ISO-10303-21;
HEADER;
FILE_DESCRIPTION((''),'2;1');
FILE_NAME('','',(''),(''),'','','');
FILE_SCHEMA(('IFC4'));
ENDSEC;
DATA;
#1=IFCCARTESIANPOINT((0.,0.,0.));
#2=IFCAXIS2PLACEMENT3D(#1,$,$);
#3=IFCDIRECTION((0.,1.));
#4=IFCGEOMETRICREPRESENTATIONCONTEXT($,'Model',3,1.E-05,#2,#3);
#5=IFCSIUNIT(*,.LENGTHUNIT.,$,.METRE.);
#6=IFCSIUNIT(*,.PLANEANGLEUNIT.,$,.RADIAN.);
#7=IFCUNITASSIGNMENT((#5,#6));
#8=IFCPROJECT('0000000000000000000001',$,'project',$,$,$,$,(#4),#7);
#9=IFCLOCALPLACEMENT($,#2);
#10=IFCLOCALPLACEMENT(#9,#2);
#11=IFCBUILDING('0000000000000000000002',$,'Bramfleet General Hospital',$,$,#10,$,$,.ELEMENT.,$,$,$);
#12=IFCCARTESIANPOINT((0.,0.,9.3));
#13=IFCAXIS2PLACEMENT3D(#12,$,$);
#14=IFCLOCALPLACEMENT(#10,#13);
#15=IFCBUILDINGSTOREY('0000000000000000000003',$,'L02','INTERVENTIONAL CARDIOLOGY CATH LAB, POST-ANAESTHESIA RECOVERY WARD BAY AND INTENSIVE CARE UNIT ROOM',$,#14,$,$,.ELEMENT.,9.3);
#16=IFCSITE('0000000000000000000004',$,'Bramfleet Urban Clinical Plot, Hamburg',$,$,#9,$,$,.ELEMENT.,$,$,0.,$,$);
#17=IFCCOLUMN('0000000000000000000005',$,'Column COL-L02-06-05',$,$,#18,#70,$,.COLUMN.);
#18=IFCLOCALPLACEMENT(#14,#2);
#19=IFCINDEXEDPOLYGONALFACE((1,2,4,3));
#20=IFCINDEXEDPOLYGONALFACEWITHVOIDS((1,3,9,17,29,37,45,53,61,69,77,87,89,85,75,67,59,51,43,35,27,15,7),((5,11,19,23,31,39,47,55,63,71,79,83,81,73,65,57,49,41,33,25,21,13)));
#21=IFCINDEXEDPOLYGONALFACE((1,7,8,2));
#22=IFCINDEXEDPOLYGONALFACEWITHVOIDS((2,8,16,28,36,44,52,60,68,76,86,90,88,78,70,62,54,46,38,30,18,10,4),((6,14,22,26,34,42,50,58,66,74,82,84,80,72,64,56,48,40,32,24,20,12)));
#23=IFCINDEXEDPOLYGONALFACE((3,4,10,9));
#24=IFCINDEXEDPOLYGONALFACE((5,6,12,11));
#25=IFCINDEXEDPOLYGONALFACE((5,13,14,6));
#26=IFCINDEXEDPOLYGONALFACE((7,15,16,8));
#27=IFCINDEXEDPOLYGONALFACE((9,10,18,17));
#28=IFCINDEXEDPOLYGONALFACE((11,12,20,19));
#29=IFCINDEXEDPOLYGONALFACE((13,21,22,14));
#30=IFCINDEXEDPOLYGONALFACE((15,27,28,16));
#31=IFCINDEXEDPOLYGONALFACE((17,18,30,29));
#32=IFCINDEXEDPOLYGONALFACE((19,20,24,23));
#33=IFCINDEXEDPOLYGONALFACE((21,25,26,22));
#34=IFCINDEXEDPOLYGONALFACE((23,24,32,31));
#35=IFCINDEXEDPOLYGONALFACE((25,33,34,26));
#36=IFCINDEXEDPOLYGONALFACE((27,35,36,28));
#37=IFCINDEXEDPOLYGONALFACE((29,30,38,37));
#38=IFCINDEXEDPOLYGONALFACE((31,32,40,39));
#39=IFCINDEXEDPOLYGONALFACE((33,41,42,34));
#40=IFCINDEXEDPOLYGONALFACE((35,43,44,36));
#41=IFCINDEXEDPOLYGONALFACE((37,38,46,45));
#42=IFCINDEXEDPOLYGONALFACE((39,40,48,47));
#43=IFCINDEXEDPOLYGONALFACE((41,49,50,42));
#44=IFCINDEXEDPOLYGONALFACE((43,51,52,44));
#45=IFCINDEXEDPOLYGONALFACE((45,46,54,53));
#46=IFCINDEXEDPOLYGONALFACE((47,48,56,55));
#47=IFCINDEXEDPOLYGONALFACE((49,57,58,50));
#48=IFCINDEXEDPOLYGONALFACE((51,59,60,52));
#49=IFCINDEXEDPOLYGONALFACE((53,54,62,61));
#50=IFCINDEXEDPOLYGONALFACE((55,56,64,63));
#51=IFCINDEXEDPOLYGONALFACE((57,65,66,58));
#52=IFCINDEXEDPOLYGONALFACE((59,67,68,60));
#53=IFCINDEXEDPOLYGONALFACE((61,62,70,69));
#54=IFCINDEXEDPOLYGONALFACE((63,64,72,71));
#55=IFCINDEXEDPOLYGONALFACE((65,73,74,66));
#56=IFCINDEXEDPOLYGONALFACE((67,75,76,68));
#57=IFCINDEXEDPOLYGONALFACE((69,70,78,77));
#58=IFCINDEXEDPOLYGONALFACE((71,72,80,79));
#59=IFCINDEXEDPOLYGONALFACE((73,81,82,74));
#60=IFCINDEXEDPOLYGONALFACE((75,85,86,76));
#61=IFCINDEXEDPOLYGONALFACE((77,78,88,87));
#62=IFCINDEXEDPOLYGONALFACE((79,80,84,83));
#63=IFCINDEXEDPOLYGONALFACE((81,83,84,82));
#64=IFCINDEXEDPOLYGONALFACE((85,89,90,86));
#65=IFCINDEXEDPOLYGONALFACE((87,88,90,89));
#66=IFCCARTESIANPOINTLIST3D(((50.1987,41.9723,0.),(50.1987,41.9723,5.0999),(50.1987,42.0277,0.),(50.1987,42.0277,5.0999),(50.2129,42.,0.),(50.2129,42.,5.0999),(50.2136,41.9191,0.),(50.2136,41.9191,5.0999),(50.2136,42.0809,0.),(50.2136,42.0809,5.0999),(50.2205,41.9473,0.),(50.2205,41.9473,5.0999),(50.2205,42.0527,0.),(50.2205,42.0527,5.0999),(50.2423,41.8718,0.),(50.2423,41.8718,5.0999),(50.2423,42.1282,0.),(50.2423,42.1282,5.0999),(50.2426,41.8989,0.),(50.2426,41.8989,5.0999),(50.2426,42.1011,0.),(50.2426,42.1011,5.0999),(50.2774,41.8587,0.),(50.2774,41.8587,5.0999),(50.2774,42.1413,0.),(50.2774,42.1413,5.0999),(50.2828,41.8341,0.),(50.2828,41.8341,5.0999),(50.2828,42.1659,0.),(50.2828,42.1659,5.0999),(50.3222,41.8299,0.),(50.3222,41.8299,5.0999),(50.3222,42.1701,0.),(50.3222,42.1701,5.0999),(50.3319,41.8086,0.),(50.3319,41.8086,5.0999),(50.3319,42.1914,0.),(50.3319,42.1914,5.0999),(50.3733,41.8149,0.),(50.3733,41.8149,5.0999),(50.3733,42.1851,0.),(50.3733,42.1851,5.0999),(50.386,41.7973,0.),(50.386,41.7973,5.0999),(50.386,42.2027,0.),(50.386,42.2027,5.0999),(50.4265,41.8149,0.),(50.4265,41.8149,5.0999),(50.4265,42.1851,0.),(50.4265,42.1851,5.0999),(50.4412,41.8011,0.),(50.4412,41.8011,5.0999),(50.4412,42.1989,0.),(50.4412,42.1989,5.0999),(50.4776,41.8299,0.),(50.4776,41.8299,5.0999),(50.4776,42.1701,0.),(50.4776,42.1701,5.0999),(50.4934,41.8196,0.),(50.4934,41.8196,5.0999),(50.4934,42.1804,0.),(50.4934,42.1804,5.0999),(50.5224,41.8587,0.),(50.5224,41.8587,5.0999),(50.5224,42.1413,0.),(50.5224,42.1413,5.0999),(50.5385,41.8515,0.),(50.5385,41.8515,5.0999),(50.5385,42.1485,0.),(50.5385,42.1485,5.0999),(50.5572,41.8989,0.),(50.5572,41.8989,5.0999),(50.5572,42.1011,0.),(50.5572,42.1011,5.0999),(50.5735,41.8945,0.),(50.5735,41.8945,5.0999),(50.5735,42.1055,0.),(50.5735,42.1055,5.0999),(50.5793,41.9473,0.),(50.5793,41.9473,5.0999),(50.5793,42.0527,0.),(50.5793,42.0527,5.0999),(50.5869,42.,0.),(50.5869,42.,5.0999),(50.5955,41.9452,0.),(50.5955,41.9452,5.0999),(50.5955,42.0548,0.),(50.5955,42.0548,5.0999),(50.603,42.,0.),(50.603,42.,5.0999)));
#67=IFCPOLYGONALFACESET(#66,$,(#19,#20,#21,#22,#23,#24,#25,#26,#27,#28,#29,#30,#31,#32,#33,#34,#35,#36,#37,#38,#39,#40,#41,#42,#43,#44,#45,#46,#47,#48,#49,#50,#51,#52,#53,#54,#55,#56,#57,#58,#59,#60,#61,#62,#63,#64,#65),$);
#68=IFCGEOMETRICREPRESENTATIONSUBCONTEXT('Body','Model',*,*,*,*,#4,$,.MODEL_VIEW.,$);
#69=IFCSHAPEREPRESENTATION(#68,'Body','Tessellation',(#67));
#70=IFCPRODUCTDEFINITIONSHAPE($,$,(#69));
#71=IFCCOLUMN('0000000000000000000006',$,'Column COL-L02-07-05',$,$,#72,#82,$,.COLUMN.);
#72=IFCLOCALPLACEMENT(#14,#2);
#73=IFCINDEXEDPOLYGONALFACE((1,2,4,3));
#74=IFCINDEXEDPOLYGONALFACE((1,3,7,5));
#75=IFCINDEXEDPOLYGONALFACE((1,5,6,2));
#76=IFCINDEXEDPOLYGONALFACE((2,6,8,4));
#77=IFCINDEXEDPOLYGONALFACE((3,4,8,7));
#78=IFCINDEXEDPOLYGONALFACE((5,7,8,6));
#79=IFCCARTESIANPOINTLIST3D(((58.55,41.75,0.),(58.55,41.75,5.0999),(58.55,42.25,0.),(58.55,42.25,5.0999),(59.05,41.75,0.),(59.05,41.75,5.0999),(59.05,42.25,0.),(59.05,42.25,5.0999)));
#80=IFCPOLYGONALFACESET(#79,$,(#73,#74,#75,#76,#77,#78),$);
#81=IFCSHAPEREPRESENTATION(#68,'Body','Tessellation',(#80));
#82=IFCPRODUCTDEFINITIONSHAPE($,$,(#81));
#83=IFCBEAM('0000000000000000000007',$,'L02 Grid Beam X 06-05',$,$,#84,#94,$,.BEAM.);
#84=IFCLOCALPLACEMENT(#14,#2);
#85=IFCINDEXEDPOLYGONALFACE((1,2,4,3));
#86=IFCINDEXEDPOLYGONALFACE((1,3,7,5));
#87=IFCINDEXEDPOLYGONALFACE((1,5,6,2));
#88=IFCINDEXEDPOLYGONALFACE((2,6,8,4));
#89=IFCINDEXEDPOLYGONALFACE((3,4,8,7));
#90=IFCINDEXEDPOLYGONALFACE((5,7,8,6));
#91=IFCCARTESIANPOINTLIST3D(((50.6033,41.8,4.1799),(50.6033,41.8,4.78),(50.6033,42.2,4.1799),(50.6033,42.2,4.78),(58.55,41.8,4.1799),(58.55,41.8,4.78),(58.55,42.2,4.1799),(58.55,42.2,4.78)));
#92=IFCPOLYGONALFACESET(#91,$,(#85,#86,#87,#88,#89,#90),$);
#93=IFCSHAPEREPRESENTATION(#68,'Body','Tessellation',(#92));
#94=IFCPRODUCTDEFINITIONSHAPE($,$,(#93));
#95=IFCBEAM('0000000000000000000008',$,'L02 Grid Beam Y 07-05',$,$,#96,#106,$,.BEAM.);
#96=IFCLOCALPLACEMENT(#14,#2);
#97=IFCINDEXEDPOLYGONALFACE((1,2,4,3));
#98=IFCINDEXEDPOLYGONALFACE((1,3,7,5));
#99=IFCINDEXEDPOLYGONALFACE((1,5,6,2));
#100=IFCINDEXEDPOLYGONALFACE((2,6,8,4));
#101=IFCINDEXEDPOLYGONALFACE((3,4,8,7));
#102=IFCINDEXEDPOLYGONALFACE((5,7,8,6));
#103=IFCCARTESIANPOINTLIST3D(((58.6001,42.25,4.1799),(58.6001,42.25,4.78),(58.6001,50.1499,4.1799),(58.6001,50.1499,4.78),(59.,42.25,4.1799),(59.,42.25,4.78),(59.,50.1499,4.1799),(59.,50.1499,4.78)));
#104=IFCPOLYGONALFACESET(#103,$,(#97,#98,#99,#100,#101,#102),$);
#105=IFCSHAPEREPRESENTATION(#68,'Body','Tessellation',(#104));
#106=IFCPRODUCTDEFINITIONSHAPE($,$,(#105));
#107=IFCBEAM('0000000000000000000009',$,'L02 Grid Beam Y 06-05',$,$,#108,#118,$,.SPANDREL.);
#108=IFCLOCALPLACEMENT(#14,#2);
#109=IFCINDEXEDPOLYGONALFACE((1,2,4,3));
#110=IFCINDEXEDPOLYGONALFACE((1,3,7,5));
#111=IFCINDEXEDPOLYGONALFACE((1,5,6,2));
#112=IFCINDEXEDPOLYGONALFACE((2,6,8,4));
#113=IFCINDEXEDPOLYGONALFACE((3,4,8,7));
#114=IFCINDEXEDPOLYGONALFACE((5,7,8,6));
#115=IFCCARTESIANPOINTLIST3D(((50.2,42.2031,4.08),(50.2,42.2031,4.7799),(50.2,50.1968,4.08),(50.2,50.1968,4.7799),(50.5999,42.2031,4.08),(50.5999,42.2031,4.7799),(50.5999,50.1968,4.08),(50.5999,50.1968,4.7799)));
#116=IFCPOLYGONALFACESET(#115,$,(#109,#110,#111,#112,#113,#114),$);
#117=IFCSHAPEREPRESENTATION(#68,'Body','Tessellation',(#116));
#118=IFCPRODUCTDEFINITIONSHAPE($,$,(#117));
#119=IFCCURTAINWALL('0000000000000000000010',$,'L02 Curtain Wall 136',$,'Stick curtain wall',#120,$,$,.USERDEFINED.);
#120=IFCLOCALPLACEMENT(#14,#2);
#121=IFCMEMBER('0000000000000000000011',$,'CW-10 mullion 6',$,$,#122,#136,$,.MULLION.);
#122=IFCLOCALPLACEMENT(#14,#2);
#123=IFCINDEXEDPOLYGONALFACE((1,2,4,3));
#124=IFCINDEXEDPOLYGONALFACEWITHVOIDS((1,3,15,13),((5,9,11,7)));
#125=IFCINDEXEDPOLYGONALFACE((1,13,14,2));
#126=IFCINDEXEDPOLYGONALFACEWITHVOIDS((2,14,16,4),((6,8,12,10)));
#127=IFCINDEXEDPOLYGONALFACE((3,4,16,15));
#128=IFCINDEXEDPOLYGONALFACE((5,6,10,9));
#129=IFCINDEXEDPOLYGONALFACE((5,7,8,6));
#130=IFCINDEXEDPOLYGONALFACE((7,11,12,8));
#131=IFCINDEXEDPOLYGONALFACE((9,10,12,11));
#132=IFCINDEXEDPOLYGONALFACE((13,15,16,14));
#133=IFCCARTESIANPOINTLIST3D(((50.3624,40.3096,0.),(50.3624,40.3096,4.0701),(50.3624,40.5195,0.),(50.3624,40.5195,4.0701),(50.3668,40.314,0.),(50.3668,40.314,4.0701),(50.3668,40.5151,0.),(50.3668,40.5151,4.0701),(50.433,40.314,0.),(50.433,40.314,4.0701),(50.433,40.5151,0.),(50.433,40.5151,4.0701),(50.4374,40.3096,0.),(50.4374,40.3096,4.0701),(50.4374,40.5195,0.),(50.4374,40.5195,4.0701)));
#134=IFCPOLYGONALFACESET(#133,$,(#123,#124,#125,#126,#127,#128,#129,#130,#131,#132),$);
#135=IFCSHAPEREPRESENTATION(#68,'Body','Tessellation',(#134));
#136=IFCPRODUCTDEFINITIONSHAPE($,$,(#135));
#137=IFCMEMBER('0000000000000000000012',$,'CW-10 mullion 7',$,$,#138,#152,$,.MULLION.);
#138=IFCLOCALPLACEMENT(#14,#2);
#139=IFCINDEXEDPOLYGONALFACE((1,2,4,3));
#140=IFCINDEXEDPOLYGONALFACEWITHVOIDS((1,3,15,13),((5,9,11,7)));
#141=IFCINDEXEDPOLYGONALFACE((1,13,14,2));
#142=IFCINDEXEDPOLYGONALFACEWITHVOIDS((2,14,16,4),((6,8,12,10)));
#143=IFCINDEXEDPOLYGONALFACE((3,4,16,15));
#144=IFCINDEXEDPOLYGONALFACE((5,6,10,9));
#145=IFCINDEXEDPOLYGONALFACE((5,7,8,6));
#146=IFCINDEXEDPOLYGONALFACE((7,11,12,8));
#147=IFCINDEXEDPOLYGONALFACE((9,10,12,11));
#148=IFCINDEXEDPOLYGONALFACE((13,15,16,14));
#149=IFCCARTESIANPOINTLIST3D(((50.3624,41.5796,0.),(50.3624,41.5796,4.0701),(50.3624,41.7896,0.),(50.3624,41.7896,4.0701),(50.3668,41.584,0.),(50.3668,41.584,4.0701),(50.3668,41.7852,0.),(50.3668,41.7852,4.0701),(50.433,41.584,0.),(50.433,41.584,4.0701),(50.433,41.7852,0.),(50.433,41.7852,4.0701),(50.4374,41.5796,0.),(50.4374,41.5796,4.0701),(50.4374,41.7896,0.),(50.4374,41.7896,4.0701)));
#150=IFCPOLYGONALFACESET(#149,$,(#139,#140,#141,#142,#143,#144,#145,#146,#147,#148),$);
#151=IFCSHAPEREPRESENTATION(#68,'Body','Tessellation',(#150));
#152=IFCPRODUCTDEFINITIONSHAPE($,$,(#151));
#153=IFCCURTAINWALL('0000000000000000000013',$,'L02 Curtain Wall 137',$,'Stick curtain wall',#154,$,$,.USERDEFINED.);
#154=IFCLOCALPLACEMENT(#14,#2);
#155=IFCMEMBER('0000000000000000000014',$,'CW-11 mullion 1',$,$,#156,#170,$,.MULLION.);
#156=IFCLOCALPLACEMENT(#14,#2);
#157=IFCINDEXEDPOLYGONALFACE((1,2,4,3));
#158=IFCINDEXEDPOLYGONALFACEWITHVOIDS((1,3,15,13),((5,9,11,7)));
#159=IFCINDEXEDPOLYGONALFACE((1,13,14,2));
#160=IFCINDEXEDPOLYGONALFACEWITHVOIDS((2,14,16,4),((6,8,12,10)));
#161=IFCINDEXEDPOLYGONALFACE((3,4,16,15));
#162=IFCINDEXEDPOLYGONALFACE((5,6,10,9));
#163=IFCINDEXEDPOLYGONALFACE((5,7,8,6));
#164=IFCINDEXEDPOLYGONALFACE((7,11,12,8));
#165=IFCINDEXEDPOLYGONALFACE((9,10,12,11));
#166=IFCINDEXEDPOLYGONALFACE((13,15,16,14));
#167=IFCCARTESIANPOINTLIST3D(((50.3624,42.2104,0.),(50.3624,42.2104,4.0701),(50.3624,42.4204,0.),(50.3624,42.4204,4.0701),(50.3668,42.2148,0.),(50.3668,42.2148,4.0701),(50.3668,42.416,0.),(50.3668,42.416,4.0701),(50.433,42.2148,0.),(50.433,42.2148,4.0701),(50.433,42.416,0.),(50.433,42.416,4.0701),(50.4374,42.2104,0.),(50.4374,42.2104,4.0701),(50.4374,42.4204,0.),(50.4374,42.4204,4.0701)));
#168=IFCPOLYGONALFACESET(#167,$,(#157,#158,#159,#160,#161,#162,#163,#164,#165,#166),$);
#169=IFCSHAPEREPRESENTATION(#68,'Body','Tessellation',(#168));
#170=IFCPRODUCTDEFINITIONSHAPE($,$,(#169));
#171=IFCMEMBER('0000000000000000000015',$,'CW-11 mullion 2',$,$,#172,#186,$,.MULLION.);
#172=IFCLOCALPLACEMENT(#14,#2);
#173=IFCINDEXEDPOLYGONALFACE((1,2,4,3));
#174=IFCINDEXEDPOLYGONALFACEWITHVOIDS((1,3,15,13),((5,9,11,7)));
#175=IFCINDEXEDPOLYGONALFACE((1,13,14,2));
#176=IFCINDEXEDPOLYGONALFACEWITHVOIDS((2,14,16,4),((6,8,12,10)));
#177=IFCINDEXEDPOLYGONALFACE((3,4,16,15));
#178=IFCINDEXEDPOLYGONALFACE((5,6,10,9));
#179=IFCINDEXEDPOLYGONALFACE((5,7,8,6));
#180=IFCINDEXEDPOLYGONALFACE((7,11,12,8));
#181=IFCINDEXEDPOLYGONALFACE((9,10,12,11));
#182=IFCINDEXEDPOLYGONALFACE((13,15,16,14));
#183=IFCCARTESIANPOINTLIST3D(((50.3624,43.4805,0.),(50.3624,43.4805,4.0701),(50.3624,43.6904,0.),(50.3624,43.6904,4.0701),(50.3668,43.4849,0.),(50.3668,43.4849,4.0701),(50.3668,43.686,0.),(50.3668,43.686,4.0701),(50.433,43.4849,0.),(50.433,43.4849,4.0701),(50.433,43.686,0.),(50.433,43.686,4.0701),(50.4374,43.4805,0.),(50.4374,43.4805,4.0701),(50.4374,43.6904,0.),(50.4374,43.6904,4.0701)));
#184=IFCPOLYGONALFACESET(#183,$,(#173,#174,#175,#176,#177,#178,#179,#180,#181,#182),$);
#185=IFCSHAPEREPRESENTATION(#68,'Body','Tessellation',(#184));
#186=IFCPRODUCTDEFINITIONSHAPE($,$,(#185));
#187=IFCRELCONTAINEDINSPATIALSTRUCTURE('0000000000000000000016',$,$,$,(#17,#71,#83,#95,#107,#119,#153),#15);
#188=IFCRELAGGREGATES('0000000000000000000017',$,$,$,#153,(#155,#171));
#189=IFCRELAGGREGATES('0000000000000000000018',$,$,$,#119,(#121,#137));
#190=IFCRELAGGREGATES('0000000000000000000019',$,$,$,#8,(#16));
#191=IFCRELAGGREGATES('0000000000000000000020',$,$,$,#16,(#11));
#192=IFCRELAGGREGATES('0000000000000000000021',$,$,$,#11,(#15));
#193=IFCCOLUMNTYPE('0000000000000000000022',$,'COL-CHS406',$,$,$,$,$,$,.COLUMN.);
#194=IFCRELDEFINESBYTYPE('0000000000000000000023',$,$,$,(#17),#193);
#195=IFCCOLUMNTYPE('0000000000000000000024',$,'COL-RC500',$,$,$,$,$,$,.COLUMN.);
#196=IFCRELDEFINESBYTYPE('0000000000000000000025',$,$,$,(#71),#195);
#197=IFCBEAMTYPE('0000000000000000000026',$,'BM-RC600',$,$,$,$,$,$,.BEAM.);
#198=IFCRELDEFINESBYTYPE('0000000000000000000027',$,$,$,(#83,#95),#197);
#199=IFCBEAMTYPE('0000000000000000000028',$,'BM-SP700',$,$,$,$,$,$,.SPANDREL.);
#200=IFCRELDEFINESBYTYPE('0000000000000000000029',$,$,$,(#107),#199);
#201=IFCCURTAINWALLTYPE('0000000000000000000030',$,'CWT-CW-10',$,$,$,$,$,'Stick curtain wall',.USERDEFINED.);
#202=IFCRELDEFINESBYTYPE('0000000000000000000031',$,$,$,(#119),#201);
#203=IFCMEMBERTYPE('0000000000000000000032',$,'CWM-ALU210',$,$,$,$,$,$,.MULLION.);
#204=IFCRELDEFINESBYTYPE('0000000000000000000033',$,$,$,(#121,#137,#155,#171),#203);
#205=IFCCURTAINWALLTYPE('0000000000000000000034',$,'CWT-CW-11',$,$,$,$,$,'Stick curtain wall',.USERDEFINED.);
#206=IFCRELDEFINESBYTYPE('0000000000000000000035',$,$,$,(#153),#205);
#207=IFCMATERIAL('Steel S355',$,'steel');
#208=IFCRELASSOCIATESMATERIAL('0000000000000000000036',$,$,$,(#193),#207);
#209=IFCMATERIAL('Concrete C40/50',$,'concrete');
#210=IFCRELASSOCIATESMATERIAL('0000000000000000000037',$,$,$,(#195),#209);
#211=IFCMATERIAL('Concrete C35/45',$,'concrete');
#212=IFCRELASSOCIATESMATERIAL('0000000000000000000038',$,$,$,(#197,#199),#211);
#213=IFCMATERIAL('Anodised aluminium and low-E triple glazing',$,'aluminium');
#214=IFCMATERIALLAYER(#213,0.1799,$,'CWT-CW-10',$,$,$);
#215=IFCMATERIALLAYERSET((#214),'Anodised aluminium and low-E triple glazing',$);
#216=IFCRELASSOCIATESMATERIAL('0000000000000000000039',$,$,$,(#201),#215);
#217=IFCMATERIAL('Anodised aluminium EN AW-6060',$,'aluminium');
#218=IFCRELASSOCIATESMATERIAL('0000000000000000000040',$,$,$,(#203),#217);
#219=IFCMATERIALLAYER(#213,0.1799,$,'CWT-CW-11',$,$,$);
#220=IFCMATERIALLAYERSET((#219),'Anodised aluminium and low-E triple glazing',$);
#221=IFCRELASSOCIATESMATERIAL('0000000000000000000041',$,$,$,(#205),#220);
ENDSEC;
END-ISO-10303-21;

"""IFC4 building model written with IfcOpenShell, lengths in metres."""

from ifc_helpers import new_model, si_unit, direction, frame, origin, origin_2d, place, context, subcontext, project, spatial, rectangle, hollow_rectangle, hollow_circle, extrude, material, layer, layer_set, material_profile, profile_set, type_object, element, aggregate, save


model = new_model("IFC4")

# Units and contexts
model_context = context("Model", 3, precision=1e-05, world=origin(), true_north=direction((0.0, 1.0)))
body_context = subcontext(model_context, "Body", "Model", "MODEL_VIEW")
ifc_project = project(units=[si_unit("LENGTHUNIT", "METRE"), si_unit("PLANEANGLEUNIT", "RADIAN")], contexts=[model_context])

# Site, building, storey
site_placement = place(None, origin())
site = spatial("IfcSite", under=ifc_project, at=site_placement, Name="Bramfleet Urban Clinical Plot, Hamburg", CompositionType="ELEMENT", RefElevation=0.0)
building_placement = place(site_placement, origin())
building = spatial("IfcBuilding", under=site, at=building_placement, Name="Bramfleet General Hospital", CompositionType="ELEMENT")
storey_placement = place(building_placement, frame((0.0, 0.0, 9.3)))
storey = spatial("IfcBuildingStorey", under=building, at=storey_placement, Name="L02", Description="INTERVENTIONAL CARDIOLOGY CATH LAB, POST-ANAESTHESIA RECOVERY WARD BAY AND INTENSIVE CARE UNIT ROOM", CompositionType="ELEMENT", Elevation=9.3)

# Columns
ifc_material_1 = material(Name="Steel S355", Category="steel")
ifc_material_profile_1 = material_profile(ifc_material_1, hollow_circle(Radius=0.2031, WallThickness=0.0161, at=origin_2d()), Name="CHS 406.4x16.0")
ifc_profile_set_1 = profile_set([ifc_material_profile_1], Name="Steel S355")
column_type_1 = type_object("IfcColumnType", Name="COL-CHS406", PredefinedType="COLUMN", material=ifc_profile_set_1)
column_1_placement = place(storey_placement, frame((50.3999, 42.0, 0.0), z_axis=(0.0, 0.0, 1.0), x_axis=(1.0, 0.0, 0.0)))
element("IfcColumn", 1, at=column_1_placement, inside=storey, type_object=column_type_1, Name="Column COL-L02-06-05", PredefinedType="COLUMN", context=body_context, shape_type="SweptSolid", body=[
    extrude(hollow_circle(Radius=0.2031, WallThickness=0.0161, at=origin_2d()), origin(), (0.0, 0.0, 1.0), 5.0999),
])
ifc_material_2 = material(Name="Concrete C40/50", Category="concrete")
ifc_material_profile_2 = material_profile(ifc_material_2, rectangle(XDim=0.5, YDim=0.5, at=origin_2d()), Name="RC COL 500x500")
ifc_profile_set_2 = profile_set([ifc_material_profile_2], Name="Concrete C40/50")
column_type_2 = type_object("IfcColumnType", Name="COL-RC500", PredefinedType="COLUMN", material=ifc_profile_set_2)
column_2_placement = place(storey_placement, frame((58.8, 42.0, 0.0), z_axis=(0.0, 0.0, 1.0), x_axis=(1.0, 0.0, 0.0)))
element("IfcColumn", 2, at=column_2_placement, inside=storey, type_object=column_type_2, Name="Column COL-L02-07-05", PredefinedType="COLUMN", context=body_context, shape_type="SweptSolid", body=[
    extrude(rectangle(XDim=0.5, YDim=0.5, at=origin_2d()), origin(), (0.0, 0.0, 1.0), 5.0999),
])

# Beams
ifc_material_3 = material(Name="Concrete C35/45", Category="concrete")
ifc_material_profile_3 = material_profile(ifc_material_3, rectangle(XDim=0.3999, YDim=0.6001, at=origin_2d()), Name="RC BM 600x400")
ifc_profile_set_3 = profile_set([ifc_material_profile_3], Name="Concrete C35/45")
beam_type_1 = type_object("IfcBeamType", Name="BM-RC600", PredefinedType="BEAM", material=ifc_profile_set_3)
beam_1_placement = place(storey_placement, frame((50.6033, 42.0, 4.48), z_axis=(1.0, 0.0, 0.0), x_axis=(0.0, 1.0, 0.0)))
element("IfcBeam", 3, at=beam_1_placement, inside=storey, type_object=beam_type_1, Name="L02 Grid Beam X 06-05", PredefinedType="BEAM", context=body_context, shape_type="SweptSolid", body=[
    extrude(rectangle(XDim=0.3999, YDim=0.6001, at=origin_2d()), origin(), (0.0, 0.0, 1.0), 7.9468),
])
beam_2_placement = place(storey_placement, frame((58.8, 42.25, 4.48), z_axis=(0.0, 1.0, 0.0), x_axis=(-1.0, 0.0, 0.0)))
element("IfcBeam", 4, at=beam_2_placement, inside=storey, type_object=beam_type_1, Name="L02 Grid Beam Y 07-05", PredefinedType="BEAM", context=body_context, shape_type="SweptSolid", body=[
    extrude(rectangle(XDim=0.3999, YDim=0.6001, at=origin_2d()), origin(), (0.0, 0.0, 1.0), 7.8999),
])
ifc_material_profile_4 = material_profile(ifc_material_3, rectangle(XDim=0.3999, YDim=0.7, at=origin_2d()), Name="RC SP 700x400")
ifc_profile_set_4 = profile_set([ifc_material_profile_4], Name="Concrete C35/45")
beam_type_2 = type_object("IfcBeamType", Name="BM-SP700", PredefinedType="SPANDREL", material=ifc_profile_set_4)
beam_3_placement = place(storey_placement, frame((50.3999, 42.2031, 4.4299), z_axis=(0.0, 1.0, 0.0), x_axis=(-1.0, 0.0, 0.0)))
element("IfcBeam", 5, at=beam_3_placement, inside=storey, type_object=beam_type_2, Name="L02 Grid Beam Y 06-05", PredefinedType="SPANDREL", context=body_context, shape_type="SweptSolid", body=[
    extrude(rectangle(XDim=0.3999, YDim=0.7, at=origin_2d()), origin(), (0.0, 0.0, 1.0), 7.9937),
])

# Curtain walls, members
ifc_material_4 = material(Name="Anodised aluminium and low-E triple glazing", Category="aluminium")
ifc_layer_1 = layer(ifc_material_4, 0.1799, Name="CWT-CW-10")
ifc_layer_set_1 = layer_set([ifc_layer_1], Name="Anodised aluminium and low-E triple glazing")
curtain_wall_type_1 = type_object("IfcCurtainWallType", Name="CWT-CW-10", ElementType="Stick curtain wall", PredefinedType="USERDEFINED", material=ifc_layer_set_1)
curtain_wall_1_placement = place(storey_placement, origin())
curtain_wall_1 = element("IfcCurtainWall", 6, at=curtain_wall_1_placement, inside=storey, type_object=curtain_wall_type_1, Name="L02 Curtain Wall 136", ObjectType="Stick curtain wall", PredefinedType="USERDEFINED")
ifc_material_5 = material(Name="Anodised aluminium EN AW-6060", Category="aluminium")
ifc_material_profile_5 = material_profile(ifc_material_5, hollow_rectangle(XDim=0.075, YDim=0.21, WallThickness=0.0044, at=origin_2d()), Name="ALU 210x75x4.5")
ifc_profile_set_5 = profile_set([ifc_material_profile_5], Name="Anodised aluminium EN AW-6060")
member_type_1 = type_object("IfcMemberType", Name="CWM-ALU210", PredefinedType="MULLION", material=ifc_profile_set_5)
member_1_placement = place(storey_placement, frame((50.3999, 40.4146, 0.0), z_axis=(0.0, 0.0, 1.0), x_axis=(-1.0, 0.0, 0.0)))
member_1 = element("IfcMember", 7, at=member_1_placement, type_object=member_type_1, Name="CW-10 mullion 6", PredefinedType="MULLION", context=body_context, shape_type="SweptSolid", body=[
    extrude(hollow_rectangle(XDim=0.075, YDim=0.21, WallThickness=0.0044, at=origin_2d()), origin(), (0.0, 0.0, 1.0), 4.0701),
])
member_2_placement = place(storey_placement, frame((50.3999, 41.6846, 0.0), z_axis=(0.0, 0.0, 1.0), x_axis=(-1.0, 0.0, 0.0)))
member_2 = element("IfcMember", 8, at=member_2_placement, type_object=member_type_1, Name="CW-10 mullion 7", PredefinedType="MULLION", context=body_context, shape_type="SweptSolid", body=[
    extrude(hollow_rectangle(XDim=0.075, YDim=0.21, WallThickness=0.0044, at=origin_2d()), origin(), (0.0, 0.0, 1.0), 4.0701),
])
ifc_layer_2 = layer(ifc_material_4, 0.1799, Name="CWT-CW-11")
ifc_layer_set_2 = layer_set([ifc_layer_2], Name="Anodised aluminium and low-E triple glazing")
curtain_wall_type_2 = type_object("IfcCurtainWallType", Name="CWT-CW-11", ElementType="Stick curtain wall", PredefinedType="USERDEFINED", material=ifc_layer_set_2)
curtain_wall_2_placement = place(storey_placement, origin())
curtain_wall_2 = element("IfcCurtainWall", 9, at=curtain_wall_2_placement, inside=storey, type_object=curtain_wall_type_2, Name="L02 Curtain Wall 137", ObjectType="Stick curtain wall", PredefinedType="USERDEFINED")
member_3_placement = place(storey_placement, frame((50.3999, 42.3154, 0.0), z_axis=(0.0, 0.0, 1.0), x_axis=(-1.0, 0.0, 0.0)))
member_3 = element("IfcMember", 10, at=member_3_placement, type_object=member_type_1, Name="CW-11 mullion 1", PredefinedType="MULLION", context=body_context, shape_type="SweptSolid", body=[
    extrude(hollow_rectangle(XDim=0.075, YDim=0.21, WallThickness=0.0044, at=origin_2d()), origin(), (0.0, 0.0, 1.0), 4.0701),
])
member_4_placement = place(storey_placement, frame((50.3999, 43.5854, 0.0), z_axis=(0.0, 0.0, 1.0), x_axis=(-1.0, 0.0, 0.0)))
member_4 = element("IfcMember", 11, at=member_4_placement, type_object=member_type_1, Name="CW-11 mullion 2", PredefinedType="MULLION", context=body_context, shape_type="SweptSolid", body=[
    extrude(hollow_rectangle(XDim=0.075, YDim=0.21, WallThickness=0.0044, at=origin_2d()), origin(), (0.0, 0.0, 1.0), 4.0701),
])

aggregate(curtain_wall_2, [member_3, member_4])
aggregate(curtain_wall_1, [member_1, member_2])

save(model, "model.ifc")
